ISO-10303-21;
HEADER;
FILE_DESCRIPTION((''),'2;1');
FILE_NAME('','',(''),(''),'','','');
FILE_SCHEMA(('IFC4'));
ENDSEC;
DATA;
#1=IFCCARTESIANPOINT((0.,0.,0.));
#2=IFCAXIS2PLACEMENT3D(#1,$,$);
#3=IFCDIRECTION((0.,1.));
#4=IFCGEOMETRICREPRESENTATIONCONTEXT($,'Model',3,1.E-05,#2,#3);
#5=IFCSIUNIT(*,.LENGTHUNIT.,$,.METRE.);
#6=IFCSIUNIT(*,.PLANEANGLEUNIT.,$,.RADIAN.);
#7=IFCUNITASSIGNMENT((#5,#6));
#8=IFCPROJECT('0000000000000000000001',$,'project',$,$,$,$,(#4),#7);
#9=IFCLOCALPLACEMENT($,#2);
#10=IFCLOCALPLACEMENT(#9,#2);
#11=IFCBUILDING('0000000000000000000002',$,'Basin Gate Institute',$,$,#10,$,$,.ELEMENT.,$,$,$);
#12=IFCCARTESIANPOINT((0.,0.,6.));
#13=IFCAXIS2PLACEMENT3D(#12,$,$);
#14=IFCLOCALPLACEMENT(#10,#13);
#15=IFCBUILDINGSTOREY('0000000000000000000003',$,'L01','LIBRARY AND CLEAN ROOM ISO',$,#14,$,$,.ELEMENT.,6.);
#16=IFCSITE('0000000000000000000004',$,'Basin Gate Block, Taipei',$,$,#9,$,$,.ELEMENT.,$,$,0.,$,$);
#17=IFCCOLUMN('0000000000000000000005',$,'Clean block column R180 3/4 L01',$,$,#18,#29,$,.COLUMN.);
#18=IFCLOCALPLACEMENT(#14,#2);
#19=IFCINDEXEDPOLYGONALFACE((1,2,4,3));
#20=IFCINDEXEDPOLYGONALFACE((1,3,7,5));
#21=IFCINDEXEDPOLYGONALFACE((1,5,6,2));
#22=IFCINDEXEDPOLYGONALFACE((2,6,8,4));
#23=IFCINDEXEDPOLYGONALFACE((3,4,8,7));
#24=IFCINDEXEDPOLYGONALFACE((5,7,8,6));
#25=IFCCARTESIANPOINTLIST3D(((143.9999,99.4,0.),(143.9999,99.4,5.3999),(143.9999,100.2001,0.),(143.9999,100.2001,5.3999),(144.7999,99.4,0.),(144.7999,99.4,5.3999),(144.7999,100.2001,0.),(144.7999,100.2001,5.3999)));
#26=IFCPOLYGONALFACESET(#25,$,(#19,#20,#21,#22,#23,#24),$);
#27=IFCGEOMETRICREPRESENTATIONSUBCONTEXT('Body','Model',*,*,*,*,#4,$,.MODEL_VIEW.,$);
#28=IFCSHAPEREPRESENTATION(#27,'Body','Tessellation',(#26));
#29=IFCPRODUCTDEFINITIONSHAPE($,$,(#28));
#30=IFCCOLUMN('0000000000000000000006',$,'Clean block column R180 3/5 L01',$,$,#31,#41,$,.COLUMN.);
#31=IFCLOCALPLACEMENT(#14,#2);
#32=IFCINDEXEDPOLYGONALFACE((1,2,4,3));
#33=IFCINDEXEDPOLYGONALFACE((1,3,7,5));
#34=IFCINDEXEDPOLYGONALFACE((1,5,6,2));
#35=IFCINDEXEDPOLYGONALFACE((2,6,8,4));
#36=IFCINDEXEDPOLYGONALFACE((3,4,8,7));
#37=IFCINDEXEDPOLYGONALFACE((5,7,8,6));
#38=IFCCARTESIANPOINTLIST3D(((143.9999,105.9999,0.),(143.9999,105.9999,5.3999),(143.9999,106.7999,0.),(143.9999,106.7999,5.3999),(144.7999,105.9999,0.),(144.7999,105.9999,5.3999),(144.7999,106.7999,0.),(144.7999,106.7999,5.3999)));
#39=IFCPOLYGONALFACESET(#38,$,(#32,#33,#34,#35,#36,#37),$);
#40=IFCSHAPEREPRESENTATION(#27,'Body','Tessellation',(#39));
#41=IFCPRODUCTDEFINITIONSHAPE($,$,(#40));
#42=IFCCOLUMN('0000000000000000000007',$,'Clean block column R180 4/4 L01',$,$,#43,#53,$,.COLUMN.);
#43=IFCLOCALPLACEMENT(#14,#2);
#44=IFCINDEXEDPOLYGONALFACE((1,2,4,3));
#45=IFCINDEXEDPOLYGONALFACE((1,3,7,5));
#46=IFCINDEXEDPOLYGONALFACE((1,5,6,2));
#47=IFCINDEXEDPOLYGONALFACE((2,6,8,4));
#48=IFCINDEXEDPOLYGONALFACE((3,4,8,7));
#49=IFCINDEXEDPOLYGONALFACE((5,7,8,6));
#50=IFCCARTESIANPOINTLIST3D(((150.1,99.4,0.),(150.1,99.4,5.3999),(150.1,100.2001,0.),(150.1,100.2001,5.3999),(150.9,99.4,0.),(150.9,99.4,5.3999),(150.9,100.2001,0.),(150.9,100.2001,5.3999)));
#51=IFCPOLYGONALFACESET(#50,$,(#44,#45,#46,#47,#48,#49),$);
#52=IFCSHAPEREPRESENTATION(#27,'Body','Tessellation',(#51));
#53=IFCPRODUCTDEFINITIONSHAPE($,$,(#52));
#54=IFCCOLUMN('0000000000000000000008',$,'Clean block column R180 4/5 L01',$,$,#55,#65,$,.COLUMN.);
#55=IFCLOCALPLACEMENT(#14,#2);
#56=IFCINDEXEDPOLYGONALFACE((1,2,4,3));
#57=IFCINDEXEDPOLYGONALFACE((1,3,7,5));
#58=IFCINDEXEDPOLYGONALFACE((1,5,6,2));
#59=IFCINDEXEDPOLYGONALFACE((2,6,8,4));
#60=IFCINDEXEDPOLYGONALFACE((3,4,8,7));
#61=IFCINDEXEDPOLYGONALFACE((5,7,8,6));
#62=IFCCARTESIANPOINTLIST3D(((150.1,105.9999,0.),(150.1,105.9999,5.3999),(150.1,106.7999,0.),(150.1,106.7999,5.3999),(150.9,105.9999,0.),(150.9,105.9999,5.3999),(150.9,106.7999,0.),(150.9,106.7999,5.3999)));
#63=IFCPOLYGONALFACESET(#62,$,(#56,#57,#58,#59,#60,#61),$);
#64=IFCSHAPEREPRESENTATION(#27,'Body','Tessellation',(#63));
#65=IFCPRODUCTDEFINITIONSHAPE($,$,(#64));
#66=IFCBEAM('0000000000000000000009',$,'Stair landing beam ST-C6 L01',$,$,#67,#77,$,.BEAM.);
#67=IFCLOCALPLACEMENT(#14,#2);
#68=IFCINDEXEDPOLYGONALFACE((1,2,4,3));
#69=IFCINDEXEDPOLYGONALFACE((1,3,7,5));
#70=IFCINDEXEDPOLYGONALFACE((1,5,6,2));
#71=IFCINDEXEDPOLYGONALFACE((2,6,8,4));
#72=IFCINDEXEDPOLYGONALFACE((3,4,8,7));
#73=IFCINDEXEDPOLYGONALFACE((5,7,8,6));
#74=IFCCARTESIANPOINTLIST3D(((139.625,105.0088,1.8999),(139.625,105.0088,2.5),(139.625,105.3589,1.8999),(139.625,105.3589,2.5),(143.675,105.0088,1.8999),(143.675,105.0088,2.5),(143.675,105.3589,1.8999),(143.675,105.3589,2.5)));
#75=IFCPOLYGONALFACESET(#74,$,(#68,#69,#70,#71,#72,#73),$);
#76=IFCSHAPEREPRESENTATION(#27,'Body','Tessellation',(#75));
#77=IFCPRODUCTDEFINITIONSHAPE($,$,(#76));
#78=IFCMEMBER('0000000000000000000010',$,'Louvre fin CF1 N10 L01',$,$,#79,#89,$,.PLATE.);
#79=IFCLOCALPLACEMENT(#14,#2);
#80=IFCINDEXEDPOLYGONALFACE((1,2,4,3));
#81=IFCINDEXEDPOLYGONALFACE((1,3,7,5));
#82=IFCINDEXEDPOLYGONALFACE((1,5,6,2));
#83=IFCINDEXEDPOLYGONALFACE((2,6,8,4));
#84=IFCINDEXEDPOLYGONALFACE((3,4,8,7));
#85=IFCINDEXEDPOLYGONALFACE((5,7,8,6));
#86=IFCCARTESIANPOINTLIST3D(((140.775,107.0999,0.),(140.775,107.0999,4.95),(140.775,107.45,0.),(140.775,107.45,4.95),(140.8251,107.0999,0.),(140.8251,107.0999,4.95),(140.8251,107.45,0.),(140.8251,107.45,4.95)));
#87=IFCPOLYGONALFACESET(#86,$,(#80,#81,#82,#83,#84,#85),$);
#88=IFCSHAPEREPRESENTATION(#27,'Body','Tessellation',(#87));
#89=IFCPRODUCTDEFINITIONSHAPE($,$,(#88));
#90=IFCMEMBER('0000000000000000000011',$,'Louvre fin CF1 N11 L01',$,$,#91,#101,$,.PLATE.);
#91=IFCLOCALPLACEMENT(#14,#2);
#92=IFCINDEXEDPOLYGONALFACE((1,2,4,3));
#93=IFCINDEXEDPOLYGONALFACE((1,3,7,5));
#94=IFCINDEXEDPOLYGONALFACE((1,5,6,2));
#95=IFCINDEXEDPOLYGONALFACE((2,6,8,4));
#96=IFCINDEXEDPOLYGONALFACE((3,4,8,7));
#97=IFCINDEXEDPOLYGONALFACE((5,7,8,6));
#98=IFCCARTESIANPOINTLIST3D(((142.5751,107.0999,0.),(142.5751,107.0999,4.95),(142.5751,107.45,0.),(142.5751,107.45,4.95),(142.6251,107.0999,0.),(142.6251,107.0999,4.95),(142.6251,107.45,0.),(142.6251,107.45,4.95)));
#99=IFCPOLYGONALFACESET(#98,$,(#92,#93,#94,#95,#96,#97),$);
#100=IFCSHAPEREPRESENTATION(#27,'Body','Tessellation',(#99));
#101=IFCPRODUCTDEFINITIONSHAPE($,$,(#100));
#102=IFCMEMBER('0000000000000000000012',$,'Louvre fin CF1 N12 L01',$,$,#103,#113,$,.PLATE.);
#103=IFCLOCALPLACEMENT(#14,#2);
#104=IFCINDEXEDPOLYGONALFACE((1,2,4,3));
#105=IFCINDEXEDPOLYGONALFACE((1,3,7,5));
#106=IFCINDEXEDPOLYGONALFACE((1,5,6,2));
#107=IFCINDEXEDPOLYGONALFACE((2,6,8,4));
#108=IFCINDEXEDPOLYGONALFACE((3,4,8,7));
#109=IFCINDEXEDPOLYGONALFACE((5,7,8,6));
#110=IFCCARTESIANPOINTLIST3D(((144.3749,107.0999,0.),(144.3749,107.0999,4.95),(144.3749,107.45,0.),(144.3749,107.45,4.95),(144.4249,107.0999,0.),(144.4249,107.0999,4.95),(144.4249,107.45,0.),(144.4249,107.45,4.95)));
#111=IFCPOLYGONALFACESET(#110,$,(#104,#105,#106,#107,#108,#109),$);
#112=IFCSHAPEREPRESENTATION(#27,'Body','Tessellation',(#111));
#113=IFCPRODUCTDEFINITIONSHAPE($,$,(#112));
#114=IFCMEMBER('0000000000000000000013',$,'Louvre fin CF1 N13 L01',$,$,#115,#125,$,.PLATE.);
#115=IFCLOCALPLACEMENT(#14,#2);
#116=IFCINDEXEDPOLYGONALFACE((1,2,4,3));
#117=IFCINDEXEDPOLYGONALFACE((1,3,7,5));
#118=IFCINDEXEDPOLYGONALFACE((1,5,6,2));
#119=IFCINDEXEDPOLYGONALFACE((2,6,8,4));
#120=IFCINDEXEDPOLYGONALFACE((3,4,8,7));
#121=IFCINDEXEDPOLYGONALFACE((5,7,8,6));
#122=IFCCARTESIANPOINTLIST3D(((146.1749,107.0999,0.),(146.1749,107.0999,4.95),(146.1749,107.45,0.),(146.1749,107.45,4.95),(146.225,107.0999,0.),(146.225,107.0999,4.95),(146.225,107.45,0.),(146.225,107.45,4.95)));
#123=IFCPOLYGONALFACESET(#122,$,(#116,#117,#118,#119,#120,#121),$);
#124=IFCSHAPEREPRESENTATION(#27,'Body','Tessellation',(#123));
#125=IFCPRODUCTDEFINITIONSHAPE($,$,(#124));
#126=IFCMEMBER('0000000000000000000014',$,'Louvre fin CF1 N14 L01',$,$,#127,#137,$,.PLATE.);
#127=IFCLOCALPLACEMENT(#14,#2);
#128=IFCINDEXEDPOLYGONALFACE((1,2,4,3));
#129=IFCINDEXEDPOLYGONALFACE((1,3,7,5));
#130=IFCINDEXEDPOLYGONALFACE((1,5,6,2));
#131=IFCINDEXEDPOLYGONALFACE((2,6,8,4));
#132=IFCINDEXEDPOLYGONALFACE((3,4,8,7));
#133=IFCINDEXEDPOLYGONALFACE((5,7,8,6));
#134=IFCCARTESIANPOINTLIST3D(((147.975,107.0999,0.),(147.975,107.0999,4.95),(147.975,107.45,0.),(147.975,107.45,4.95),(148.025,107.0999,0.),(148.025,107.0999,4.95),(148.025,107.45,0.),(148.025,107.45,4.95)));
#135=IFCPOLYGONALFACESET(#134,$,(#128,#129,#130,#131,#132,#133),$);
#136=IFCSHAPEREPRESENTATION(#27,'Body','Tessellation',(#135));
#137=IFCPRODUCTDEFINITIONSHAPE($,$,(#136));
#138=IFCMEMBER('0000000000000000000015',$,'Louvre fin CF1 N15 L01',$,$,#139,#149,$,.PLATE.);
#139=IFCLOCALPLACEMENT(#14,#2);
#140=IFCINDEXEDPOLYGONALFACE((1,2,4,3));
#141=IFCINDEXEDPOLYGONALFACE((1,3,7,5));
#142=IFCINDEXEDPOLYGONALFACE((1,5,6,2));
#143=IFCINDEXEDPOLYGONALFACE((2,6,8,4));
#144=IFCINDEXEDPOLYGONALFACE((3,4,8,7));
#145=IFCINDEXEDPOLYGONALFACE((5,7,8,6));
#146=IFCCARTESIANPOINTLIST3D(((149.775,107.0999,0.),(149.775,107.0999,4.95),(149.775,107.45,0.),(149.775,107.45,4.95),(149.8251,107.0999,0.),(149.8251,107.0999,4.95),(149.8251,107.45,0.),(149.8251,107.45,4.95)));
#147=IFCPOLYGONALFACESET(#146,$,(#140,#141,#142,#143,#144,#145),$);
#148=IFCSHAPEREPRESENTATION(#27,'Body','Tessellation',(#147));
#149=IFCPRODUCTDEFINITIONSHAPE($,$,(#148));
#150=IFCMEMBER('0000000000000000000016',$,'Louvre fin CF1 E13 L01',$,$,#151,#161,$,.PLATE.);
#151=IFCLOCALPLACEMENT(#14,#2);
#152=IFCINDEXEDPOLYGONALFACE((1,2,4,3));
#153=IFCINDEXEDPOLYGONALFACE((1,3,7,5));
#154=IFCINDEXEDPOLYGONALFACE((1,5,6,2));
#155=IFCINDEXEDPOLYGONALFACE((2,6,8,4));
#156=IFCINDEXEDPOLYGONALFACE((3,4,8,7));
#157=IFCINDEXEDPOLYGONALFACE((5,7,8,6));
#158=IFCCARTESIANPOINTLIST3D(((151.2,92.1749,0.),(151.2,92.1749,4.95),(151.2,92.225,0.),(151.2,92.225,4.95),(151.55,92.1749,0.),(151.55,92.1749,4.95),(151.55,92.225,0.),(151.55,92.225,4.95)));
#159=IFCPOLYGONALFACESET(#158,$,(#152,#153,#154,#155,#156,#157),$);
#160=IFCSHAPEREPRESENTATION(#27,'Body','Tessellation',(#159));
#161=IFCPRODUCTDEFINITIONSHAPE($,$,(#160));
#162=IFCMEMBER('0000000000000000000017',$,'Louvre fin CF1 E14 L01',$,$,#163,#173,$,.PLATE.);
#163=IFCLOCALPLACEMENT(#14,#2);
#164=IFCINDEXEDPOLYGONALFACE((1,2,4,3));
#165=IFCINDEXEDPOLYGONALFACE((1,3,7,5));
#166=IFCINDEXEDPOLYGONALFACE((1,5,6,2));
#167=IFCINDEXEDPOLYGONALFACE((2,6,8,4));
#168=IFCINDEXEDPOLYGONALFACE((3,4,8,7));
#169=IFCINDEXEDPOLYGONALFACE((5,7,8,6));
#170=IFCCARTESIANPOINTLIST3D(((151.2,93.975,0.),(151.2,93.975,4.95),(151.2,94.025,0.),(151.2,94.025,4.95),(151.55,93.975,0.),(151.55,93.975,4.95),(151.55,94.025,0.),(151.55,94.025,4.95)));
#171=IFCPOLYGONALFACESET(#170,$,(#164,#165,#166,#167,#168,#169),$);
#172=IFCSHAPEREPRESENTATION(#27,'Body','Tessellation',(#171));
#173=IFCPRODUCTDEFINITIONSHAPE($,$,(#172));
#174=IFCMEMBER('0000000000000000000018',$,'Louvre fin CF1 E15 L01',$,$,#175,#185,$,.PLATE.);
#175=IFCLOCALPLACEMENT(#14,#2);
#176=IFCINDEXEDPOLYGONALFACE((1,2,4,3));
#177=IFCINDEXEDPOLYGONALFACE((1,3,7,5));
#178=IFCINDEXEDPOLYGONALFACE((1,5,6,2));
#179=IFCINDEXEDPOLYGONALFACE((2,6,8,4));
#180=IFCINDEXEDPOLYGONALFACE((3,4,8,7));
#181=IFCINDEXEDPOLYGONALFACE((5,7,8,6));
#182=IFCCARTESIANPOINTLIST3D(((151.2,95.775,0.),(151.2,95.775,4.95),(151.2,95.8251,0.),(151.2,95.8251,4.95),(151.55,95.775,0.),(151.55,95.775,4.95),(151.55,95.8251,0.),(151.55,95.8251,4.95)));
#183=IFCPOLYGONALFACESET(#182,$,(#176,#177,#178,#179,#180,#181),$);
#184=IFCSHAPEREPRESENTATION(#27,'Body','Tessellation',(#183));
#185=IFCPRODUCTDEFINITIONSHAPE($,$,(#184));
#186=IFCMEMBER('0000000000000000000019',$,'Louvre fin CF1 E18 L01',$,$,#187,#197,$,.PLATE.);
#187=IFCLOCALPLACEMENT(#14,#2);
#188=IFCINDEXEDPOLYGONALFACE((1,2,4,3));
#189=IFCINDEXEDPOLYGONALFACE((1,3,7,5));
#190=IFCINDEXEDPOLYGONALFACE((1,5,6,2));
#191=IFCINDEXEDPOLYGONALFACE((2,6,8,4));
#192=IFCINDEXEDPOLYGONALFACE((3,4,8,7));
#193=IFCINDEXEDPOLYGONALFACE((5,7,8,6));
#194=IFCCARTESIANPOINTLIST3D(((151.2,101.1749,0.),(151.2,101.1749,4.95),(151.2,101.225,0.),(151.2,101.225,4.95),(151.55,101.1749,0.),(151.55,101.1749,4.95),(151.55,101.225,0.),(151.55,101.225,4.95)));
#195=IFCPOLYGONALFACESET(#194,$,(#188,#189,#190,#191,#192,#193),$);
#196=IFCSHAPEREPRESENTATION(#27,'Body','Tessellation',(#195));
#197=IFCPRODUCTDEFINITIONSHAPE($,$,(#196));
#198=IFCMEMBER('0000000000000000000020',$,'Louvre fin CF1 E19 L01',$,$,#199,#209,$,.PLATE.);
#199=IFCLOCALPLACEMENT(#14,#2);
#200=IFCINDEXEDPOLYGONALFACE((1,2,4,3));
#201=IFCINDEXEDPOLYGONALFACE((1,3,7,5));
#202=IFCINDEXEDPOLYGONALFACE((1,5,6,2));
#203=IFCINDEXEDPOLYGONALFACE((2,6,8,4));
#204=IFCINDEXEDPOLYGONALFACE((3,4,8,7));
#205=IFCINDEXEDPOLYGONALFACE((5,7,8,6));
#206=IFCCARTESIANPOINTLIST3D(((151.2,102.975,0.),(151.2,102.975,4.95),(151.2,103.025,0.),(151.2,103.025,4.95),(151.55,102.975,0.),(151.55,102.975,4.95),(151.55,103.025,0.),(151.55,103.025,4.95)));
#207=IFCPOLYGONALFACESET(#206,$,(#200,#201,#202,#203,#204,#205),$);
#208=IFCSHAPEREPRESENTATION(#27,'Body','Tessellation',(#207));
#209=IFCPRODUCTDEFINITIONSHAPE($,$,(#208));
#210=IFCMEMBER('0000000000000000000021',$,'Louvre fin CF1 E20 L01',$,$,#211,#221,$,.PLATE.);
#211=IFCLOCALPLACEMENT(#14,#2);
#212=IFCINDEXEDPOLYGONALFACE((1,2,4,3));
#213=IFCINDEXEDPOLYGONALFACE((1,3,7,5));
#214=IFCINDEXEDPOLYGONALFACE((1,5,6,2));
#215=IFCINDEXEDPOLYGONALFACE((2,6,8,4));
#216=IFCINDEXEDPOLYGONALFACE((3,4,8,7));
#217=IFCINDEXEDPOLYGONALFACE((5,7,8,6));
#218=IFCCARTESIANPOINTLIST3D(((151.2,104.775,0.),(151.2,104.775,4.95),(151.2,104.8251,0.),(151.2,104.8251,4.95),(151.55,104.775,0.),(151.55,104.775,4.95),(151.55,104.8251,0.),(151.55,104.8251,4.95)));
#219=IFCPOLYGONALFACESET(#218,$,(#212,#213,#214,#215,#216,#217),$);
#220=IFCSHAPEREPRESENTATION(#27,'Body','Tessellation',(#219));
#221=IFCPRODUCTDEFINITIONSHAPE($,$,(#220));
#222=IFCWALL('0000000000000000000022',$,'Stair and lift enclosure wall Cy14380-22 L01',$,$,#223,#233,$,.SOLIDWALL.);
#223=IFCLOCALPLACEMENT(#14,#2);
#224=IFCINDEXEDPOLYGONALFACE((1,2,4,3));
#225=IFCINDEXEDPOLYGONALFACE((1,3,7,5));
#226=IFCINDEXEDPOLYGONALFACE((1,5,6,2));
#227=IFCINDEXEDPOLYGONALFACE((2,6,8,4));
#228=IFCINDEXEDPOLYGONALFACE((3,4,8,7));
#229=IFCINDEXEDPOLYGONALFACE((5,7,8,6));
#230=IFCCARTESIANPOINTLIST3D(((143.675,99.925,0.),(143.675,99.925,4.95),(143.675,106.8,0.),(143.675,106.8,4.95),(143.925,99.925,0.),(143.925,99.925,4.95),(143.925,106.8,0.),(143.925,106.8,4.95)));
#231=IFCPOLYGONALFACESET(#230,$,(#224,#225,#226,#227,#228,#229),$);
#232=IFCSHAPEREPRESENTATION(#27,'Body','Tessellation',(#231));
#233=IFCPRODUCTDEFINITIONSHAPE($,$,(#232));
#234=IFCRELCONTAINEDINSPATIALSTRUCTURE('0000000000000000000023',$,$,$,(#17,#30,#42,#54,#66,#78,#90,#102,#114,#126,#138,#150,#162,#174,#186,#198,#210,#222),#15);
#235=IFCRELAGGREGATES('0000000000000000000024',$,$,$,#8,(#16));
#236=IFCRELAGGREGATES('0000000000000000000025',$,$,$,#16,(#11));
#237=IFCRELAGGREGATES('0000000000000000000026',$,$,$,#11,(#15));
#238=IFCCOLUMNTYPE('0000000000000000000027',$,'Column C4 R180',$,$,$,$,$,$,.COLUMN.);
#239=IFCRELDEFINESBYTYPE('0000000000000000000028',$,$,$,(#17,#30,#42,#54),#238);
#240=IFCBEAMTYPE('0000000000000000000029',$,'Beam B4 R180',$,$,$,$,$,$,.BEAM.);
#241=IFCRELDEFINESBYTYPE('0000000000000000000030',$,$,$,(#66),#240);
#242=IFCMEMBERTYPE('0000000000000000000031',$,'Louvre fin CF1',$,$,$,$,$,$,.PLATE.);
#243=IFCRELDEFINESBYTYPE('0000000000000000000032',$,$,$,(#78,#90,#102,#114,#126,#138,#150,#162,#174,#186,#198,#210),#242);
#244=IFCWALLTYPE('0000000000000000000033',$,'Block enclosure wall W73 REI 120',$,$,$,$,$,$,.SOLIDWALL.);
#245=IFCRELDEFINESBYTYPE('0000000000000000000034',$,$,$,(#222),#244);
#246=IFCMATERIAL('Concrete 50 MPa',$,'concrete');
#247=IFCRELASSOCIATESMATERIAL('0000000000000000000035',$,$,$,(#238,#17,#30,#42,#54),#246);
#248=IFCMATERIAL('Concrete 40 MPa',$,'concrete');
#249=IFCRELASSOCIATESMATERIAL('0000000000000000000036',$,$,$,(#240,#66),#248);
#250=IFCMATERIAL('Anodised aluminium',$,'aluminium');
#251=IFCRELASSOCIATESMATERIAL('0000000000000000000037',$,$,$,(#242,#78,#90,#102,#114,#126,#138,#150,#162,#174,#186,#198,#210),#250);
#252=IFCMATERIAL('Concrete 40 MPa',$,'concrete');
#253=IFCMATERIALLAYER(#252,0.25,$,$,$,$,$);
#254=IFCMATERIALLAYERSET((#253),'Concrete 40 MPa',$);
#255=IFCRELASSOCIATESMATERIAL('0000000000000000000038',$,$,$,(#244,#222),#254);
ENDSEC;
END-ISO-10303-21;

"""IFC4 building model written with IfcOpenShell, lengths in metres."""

from ifc_helpers import new_model, si_unit, direction, frame, frame_2d, origin, origin_2d, place, context, subcontext, project, spatial, rectangle, extrude, material, layer, layer_set, material_profile, profile_set, type_object, element, save


model = new_model("IFC4")

# Units and contexts
model_context = context("Model", 3, precision=1e-05, world=origin(), true_north=direction((0.0, 1.0)))
body_context = subcontext(model_context, "Body", "Model", "MODEL_VIEW")
ifc_project = project(units=[si_unit("LENGTHUNIT", "METRE"), si_unit("PLANEANGLEUNIT", "RADIAN")], contexts=[model_context])

# Site, building, storey
site_placement = place(None, origin())
site = spatial("IfcSite", under=ifc_project, at=site_placement, Name="Basin Gate Block, Taipei", CompositionType="ELEMENT", RefElevation=0.0)
building_placement = place(site_placement, origin())
building = spatial("IfcBuilding", under=site, at=building_placement, Name="Basin Gate Institute", CompositionType="ELEMENT")
storey_placement = place(building_placement, frame((0.0, 0.0, 6.0)))
storey = spatial("IfcBuildingStorey", under=building, at=storey_placement, Name="L01", Description="LIBRARY AND CLEAN ROOM ISO", CompositionType="ELEMENT", Elevation=6.0)

# Columns
ifc_material_1 = material(Name="Concrete 50 MPa", Category="concrete")
ifc_material_profile_1 = material_profile(ifc_material_1, rectangle(XDim=0.8, YDim=0.8, at=origin_2d()), Name="Column C4 800 x 800")
ifc_profile_set_1 = profile_set([ifc_material_profile_1], Name="Concrete 50 MPa")
column_type = type_object("IfcColumnType", Name="Column C4 R180", PredefinedType="COLUMN", material=ifc_profile_set_1)
for number, where, z_axis, x_axis, name in (
    (1, (144.3999, 99.8, 0.0), (0.0, 0.0, 1.0), (1.0, 0.0, 0.0), "Clean block column R180 3/4 L01"),
    (2, (144.3999, 106.3999, 0.0), (0.0, 0.0, 1.0), (1.0, 0.0, 0.0), "Clean block column R180 3/5 L01"),
    (3, (150.5, 99.8, 0.0), (0.0, 0.0, 1.0), (1.0, 0.0, 0.0), "Clean block column R180 4/4 L01"),
    (4, (150.5, 106.3999, 0.0), (0.0, 0.0, 1.0), (1.0, 0.0, 0.0), "Clean block column R180 4/5 L01"),
):
    element("IfcColumn", number, at=place(storey_placement, frame(where, z_axis=z_axis, x_axis=x_axis)), inside=storey, type_object=column_type, material=ifc_profile_set_1, Name=name, PredefinedType="COLUMN", context=body_context, shape_type="SweptSolid", body=[
        extrude(rectangle(XDim=0.8, YDim=0.8, at=origin_2d()), origin(), (0.0, 0.0, 1.0), 5.3999),
    ])

# Beam
ifc_material_2 = material(Name="Concrete 40 MPa", Category="concrete")
ifc_material_profile_2 = material_profile(ifc_material_2, rectangle(XDim=0.3501, YDim=0.6001, at=origin_2d()), Name="Beam B4 350 x 600")
ifc_profile_set_2 = profile_set([ifc_material_profile_2], Name="Concrete 40 MPa")
beam_type = type_object("IfcBeamType", Name="Beam B4 R180", PredefinedType="BEAM", material=ifc_profile_set_2)
beam_placement = place(storey_placement, frame((139.625, 105.1838, 2.2), z_axis=(1.0, 0.0, 0.0), x_axis=(0.0, 1.0, 0.0)))
element("IfcBeam", 5, at=beam_placement, inside=storey, type_object=beam_type, material=ifc_profile_set_2, Name="Stair landing beam ST-C6 L01", PredefinedType="BEAM", context=body_context, shape_type="SweptSolid", body=[
    extrude(rectangle(XDim=0.3501, YDim=0.6001, at=origin_2d()), origin(), (0.0, 0.0, 1.0), 4.05),
])

# Members
ifc_material_3 = material(Name="Anodised aluminium", Category="aluminium")
ifc_material_profile_3 = material_profile(ifc_material_3, rectangle(XDim=0.05, YDim=0.3501, at=origin_2d()), Name="Louvre fin CF1 50 x 350")
ifc_profile_set_3 = profile_set([ifc_material_profile_3], Name="Anodised aluminium")
member_type = type_object("IfcMemberType", Name="Louvre fin CF1", PredefinedType="PLATE", material=ifc_profile_set_3)
for number, where, z_axis, x_axis, name in (
    (6, (140.8, 107.2749, 0.0), (0.0, 0.0, 1.0), (1.0, 0.0, 0.0), "Louvre fin CF1 N10 L01"),
    (7, (142.6001, 107.2749, 0.0), (0.0, 0.0, 1.0), (1.0, 0.0, 0.0), "Louvre fin CF1 N11 L01"),
    (8, (144.3999, 107.2749, 0.0), (0.0, 0.0, 1.0), (1.0, 0.0, 0.0), "Louvre fin CF1 N12 L01"),
    (9, (146.2, 107.2749, 0.0), (0.0, 0.0, 1.0), (1.0, 0.0, 0.0), "Louvre fin CF1 N13 L01"),
    (10, (148.0, 107.2749, 0.0), (0.0, 0.0, 1.0), (1.0, 0.0, 0.0), "Louvre fin CF1 N14 L01"),
    (11, (149.8, 107.2749, 0.0), (0.0, 0.0, 1.0), (1.0, 0.0, 0.0), "Louvre fin CF1 N15 L01"),
    (12, (151.375, 92.2, 0.0), (0.0, 0.0, 1.0), (0.0, 1.0, 0.0), "Louvre fin CF1 E13 L01"),
    (13, (151.375, 94.0, 0.0), (0.0, 0.0, 1.0), (0.0, 1.0, 0.0), "Louvre fin CF1 E14 L01"),
    (14, (151.375, 95.8, 0.0), (0.0, 0.0, 1.0), (0.0, 1.0, 0.0), "Louvre fin CF1 E15 L01"),
    (15, (151.375, 101.2, 0.0), (0.0, 0.0, 1.0), (0.0, 1.0, 0.0), "Louvre fin CF1 E18 L01"),
    (16, (151.375, 103.0, 0.0), (0.0, 0.0, 1.0), (0.0, 1.0, 0.0), "Louvre fin CF1 E19 L01"),
    (17, (151.375, 104.8, 0.0), (0.0, 0.0, 1.0), (0.0, 1.0, 0.0), "Louvre fin CF1 E20 L01"),
):
    element("IfcMember", number, at=place(storey_placement, frame(where, z_axis=z_axis, x_axis=x_axis)), inside=storey, type_object=member_type, material=ifc_profile_set_3, Name=name, PredefinedType="PLATE", context=body_context, shape_type="SweptSolid", body=[
        extrude(rectangle(XDim=0.05, YDim=0.3501, at=origin_2d()), origin(), (0.0, 0.0, 1.0), 4.95),
    ])

# Wall
ifc_material_4 = material(Name="Concrete 40 MPa", Category="concrete")
ifc_layer_1 = layer(ifc_material_4, 0.25)
ifc_layer_set_1 = layer_set([ifc_layer_1], Name="Concrete 40 MPa")
wall_type_1 = type_object("IfcWallType", Name="Block enclosure wall W73 REI 120", PredefinedType="SOLIDWALL", material=ifc_layer_set_1)
wall_1_placement = place(storey_placement, frame((143.8, 99.925, 0.0), z_axis=(0.0, 0.0, 1.0), x_axis=(0.0, 1.0, 0.0)))
element("IfcWall", 18, at=wall_1_placement, inside=storey, type_object=wall_type_1, material=ifc_layer_set_1, Name="Stair and lift enclosure wall Cy14380-22 L01", PredefinedType="SOLIDWALL", context=body_context, shape_type="SweptSolid", body=[
    extrude(rectangle(XDim=6.875, YDim=0.25, at=frame_2d((3.4375, 0.0))), origin(), (0.0, 0.0, 1.0), 4.95),
])

save(model, "model.ifc")
